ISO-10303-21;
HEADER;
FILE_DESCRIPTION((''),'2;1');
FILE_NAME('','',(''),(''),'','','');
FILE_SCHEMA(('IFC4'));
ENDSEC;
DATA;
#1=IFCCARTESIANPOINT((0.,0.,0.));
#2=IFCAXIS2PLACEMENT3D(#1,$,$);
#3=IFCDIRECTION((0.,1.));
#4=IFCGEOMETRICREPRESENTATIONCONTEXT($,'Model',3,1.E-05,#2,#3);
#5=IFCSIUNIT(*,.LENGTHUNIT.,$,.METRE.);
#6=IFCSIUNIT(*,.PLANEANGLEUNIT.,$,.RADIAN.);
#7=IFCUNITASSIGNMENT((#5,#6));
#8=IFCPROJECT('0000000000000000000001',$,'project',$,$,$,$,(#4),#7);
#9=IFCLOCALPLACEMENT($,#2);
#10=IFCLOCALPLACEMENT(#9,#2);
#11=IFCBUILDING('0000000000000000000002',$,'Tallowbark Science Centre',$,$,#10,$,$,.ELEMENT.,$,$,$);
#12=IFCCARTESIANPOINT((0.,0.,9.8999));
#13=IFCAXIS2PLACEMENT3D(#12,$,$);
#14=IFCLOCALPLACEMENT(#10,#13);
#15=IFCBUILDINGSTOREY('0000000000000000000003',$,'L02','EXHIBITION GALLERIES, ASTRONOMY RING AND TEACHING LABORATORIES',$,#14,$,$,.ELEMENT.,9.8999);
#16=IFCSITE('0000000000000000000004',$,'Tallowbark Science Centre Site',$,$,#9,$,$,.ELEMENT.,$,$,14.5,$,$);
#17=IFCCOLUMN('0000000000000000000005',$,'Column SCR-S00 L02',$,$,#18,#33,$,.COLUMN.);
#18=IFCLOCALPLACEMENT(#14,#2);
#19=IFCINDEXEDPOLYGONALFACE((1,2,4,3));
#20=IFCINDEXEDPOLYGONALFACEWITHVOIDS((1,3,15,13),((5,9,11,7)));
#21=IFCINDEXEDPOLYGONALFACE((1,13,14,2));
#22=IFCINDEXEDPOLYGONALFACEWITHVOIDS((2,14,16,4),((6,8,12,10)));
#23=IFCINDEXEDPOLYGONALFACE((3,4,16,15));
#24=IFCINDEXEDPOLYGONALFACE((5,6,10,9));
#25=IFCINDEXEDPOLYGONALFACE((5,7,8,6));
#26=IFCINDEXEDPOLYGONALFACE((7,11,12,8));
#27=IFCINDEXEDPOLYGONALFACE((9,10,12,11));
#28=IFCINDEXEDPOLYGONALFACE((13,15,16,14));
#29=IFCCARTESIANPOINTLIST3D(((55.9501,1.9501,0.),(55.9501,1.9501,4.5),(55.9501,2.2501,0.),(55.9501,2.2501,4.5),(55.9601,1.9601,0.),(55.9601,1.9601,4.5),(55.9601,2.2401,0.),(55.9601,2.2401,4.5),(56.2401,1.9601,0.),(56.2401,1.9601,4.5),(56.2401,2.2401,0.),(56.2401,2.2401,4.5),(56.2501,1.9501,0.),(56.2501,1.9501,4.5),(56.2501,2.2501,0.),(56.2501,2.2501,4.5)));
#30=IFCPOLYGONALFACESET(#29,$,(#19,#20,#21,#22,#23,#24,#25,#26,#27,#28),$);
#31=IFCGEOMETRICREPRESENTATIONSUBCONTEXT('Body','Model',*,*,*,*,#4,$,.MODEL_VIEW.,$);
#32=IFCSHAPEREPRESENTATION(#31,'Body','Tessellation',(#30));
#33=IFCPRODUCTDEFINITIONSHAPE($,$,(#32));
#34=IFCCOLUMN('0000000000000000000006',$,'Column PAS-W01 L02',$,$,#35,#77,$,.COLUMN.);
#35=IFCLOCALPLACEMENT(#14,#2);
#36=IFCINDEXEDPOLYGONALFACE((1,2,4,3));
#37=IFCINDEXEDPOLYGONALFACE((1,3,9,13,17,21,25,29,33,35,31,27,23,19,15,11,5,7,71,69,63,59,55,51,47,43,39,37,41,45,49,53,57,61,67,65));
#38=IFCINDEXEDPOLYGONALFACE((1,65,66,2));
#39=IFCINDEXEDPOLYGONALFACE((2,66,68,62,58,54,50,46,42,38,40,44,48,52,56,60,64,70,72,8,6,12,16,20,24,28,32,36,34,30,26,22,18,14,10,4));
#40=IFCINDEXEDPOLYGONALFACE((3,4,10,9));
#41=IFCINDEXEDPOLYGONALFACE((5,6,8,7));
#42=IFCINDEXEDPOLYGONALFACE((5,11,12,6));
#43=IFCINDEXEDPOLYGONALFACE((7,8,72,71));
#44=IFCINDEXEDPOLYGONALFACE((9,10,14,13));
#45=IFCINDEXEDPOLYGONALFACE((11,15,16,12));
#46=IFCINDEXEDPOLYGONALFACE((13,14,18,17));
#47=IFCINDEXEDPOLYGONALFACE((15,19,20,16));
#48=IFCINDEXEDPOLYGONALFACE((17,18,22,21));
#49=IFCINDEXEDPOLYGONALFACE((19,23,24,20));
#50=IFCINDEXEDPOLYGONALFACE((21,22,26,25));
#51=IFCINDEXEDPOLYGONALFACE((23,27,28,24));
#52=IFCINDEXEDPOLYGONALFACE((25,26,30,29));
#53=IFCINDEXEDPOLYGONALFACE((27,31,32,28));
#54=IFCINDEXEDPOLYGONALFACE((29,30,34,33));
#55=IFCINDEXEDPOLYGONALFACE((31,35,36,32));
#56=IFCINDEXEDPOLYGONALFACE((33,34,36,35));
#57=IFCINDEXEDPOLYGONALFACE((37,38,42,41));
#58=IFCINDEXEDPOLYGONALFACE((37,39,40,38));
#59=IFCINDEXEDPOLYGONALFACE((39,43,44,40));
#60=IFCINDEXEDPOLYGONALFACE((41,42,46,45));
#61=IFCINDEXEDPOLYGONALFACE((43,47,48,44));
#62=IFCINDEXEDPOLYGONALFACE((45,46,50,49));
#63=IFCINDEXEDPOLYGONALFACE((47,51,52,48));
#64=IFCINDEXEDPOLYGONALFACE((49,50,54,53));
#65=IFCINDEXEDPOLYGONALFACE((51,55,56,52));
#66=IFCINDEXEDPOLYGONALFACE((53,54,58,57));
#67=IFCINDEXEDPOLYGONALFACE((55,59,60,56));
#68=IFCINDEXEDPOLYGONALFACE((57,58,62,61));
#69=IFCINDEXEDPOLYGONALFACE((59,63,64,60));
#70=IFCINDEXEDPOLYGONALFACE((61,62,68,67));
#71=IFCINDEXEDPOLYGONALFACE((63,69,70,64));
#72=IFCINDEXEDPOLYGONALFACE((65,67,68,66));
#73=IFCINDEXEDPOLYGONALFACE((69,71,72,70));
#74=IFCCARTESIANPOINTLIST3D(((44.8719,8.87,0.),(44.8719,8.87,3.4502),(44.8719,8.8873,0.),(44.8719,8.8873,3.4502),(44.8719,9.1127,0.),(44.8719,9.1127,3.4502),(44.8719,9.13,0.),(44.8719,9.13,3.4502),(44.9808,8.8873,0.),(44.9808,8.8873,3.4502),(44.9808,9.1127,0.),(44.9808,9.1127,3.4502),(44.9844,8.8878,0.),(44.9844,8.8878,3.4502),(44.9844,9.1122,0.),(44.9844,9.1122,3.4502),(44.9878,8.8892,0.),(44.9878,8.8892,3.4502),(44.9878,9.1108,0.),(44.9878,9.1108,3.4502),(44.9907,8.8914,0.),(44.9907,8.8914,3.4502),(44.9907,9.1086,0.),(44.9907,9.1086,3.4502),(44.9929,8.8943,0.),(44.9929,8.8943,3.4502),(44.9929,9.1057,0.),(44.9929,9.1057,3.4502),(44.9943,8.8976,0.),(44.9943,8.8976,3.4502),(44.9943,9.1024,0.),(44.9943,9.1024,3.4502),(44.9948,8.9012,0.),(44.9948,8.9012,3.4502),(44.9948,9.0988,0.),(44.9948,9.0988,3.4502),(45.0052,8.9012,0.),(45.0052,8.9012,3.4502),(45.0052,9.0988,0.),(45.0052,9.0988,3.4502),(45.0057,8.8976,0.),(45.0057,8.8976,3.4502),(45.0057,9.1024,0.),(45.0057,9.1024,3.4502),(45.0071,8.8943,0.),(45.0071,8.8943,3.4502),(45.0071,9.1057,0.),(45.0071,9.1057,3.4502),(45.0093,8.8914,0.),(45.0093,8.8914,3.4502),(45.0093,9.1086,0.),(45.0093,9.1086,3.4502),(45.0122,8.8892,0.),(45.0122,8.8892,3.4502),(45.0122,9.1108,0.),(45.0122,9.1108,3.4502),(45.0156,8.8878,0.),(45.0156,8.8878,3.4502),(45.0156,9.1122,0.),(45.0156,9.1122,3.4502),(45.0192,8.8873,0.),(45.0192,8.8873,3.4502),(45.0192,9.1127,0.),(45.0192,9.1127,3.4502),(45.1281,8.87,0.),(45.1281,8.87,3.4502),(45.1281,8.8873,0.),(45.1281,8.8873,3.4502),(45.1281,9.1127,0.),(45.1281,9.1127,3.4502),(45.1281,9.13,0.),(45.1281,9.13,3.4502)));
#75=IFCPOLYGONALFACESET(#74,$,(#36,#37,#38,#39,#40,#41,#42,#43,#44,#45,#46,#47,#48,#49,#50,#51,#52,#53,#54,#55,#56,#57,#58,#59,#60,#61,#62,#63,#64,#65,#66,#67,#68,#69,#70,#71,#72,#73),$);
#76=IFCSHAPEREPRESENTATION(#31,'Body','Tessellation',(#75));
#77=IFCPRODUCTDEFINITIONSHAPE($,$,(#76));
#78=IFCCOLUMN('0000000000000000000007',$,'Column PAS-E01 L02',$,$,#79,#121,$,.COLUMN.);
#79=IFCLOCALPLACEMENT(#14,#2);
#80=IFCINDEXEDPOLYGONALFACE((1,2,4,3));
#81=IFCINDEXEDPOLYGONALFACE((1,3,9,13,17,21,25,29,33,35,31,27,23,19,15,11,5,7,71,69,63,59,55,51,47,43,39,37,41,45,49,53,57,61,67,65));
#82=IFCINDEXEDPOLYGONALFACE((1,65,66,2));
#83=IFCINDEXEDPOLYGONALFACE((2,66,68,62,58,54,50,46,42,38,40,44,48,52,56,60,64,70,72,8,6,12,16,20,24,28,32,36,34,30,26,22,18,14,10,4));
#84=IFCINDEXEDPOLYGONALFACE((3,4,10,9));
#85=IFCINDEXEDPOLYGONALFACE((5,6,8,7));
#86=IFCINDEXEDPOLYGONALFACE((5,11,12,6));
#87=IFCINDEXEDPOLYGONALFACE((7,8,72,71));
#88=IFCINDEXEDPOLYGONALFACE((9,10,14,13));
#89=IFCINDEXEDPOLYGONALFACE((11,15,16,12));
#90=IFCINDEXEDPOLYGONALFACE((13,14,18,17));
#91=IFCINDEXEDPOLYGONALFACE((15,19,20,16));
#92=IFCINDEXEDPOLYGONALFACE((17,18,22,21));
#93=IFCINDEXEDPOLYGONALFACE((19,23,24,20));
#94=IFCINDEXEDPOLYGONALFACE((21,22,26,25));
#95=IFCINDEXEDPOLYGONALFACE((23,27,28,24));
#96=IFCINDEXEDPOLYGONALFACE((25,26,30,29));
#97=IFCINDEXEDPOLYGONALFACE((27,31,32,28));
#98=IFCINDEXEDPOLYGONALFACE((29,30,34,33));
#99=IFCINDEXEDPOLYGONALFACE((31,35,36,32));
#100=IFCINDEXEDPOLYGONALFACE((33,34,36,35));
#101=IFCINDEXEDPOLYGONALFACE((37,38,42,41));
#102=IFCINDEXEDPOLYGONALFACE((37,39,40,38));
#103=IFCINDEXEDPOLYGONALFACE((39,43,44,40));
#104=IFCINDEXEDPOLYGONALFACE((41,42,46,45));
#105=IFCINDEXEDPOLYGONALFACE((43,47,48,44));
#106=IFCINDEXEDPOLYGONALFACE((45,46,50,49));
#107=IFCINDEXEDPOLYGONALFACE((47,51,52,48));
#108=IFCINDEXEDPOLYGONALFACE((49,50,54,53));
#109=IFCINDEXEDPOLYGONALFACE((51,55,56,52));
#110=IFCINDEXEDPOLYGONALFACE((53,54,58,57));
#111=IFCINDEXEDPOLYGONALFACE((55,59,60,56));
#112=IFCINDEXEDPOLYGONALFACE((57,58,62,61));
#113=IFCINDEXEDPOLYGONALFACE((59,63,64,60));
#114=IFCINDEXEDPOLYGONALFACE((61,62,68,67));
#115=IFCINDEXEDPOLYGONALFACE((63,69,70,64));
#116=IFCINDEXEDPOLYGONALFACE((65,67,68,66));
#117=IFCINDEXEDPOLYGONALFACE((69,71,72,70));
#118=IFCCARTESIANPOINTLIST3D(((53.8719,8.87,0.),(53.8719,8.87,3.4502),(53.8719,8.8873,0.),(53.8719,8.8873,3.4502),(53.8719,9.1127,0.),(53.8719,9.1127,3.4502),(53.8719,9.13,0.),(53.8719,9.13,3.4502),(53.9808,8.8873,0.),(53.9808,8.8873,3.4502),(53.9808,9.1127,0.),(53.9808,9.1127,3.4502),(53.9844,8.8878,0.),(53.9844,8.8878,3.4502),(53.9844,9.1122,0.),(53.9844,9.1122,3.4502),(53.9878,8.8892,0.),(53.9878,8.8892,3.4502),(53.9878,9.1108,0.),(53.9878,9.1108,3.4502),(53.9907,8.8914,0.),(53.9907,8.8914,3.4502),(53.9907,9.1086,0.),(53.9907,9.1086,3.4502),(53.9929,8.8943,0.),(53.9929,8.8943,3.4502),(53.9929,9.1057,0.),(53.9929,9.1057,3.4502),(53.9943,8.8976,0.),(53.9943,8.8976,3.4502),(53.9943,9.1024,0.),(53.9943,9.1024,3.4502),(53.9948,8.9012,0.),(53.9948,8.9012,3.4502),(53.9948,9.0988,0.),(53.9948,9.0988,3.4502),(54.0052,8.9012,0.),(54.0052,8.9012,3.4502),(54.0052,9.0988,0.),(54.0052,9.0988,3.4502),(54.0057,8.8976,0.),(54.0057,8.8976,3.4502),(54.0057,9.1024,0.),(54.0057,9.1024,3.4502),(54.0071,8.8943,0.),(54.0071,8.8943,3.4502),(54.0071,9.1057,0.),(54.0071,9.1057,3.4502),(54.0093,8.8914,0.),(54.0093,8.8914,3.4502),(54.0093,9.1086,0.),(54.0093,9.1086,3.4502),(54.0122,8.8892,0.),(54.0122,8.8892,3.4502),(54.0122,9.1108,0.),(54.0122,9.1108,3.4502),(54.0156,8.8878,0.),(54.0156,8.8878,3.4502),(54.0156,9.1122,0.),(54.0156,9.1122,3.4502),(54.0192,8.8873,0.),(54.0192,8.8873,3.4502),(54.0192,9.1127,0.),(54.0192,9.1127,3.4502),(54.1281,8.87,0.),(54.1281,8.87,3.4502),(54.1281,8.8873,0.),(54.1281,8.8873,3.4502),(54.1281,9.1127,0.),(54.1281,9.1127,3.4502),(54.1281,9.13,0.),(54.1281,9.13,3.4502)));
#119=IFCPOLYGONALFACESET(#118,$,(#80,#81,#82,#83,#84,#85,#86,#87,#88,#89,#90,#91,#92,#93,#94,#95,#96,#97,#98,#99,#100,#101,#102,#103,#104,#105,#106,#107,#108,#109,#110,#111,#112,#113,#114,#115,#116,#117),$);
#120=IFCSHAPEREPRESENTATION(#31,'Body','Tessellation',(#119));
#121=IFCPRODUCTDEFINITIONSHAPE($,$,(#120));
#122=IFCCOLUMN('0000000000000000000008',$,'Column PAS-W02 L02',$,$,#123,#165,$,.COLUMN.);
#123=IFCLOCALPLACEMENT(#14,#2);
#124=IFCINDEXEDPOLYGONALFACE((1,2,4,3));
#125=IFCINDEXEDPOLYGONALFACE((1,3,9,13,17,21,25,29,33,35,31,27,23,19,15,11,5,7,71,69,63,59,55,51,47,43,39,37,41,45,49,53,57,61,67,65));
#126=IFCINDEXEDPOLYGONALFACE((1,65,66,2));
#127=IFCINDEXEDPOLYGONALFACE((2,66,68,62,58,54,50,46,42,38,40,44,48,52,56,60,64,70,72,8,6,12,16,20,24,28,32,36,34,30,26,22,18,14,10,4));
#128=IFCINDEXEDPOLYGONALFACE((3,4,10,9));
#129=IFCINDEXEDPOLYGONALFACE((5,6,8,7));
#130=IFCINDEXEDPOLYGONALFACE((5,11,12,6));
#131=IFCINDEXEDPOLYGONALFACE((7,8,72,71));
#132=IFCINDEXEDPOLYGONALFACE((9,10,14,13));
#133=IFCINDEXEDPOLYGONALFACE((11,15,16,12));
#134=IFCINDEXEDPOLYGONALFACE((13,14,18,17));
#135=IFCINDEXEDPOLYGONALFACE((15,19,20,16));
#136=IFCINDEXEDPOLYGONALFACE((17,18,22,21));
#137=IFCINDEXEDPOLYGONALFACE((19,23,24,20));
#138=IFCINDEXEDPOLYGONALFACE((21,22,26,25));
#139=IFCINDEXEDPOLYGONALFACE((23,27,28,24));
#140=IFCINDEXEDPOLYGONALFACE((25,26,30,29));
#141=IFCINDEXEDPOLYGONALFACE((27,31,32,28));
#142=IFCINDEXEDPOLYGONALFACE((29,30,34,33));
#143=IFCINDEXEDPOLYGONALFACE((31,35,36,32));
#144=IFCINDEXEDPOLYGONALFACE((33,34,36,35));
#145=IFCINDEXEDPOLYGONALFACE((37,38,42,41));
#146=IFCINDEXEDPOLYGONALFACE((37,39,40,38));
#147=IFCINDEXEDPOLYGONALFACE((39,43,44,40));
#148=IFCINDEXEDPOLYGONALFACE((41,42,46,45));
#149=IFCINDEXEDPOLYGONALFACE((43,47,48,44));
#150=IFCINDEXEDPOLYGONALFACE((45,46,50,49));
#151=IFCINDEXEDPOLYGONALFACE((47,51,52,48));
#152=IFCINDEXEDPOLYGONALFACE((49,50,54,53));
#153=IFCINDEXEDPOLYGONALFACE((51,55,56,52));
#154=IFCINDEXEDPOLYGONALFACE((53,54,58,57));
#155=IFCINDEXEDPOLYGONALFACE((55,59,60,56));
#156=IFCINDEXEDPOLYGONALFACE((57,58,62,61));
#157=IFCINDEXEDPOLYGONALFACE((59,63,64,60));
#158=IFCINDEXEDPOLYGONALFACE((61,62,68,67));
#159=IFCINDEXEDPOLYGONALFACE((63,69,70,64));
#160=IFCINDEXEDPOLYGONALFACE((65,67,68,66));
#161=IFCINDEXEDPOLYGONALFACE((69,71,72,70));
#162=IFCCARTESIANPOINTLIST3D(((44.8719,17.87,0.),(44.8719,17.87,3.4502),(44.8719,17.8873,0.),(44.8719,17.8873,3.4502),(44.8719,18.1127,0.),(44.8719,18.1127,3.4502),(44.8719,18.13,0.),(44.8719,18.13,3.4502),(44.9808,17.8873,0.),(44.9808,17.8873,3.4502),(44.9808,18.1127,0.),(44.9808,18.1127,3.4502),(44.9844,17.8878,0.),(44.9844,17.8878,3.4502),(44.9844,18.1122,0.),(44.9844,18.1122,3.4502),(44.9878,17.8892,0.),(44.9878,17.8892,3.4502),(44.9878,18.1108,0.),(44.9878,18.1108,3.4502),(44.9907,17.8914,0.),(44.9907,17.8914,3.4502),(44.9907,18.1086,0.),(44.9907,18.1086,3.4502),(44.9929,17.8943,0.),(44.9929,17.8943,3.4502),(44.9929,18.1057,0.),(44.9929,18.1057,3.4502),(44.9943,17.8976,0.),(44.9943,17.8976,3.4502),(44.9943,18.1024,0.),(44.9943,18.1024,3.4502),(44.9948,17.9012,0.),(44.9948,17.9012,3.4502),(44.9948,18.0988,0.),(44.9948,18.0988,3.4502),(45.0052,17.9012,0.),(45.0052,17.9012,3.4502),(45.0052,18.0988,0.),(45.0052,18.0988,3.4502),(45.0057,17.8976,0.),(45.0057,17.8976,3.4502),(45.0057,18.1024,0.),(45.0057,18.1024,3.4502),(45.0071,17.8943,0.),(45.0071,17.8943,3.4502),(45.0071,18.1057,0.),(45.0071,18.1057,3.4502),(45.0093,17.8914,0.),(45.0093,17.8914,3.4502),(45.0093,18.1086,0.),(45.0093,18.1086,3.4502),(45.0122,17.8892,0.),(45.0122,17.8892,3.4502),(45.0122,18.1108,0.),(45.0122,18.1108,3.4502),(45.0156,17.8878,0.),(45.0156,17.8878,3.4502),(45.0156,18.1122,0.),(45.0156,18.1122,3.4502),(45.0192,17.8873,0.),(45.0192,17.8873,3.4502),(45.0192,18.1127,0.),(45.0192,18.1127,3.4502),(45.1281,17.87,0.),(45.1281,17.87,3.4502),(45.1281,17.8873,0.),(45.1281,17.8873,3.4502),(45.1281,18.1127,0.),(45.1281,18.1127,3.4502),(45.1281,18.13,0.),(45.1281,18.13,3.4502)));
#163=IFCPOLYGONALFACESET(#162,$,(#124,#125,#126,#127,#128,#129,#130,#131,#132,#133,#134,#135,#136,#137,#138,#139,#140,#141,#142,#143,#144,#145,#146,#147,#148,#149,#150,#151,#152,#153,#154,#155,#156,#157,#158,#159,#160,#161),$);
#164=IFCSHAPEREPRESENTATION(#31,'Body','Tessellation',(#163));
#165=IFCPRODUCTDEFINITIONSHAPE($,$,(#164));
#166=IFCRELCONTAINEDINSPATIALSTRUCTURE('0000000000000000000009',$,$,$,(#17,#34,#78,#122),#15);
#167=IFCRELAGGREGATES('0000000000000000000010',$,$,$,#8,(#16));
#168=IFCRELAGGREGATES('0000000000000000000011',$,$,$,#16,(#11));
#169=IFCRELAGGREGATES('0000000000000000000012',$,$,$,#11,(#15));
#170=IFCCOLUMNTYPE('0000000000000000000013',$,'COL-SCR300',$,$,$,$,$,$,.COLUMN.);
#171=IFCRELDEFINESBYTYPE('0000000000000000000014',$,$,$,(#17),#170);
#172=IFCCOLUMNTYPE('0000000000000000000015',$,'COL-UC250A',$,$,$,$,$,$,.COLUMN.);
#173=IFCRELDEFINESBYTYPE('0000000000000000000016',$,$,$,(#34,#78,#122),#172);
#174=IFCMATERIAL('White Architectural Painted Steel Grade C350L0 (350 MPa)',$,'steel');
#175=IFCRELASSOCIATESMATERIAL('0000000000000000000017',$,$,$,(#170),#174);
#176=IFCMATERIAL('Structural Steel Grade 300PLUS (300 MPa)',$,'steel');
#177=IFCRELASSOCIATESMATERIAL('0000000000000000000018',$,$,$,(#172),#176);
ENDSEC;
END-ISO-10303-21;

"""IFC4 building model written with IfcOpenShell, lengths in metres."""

from ifc_helpers import new_model, si_unit, direction, frame, origin, origin_2d, place, context, subcontext, project, spatial, hollow_rectangle, i_section, extrude, material, material_profile, profile_set, type_object, element, save


model = new_model("IFC4")

# Units and contexts
model_context = context("Model", 3, precision=1e-05, world=origin(), true_north=direction((0.0, 1.0)))
body_context = subcontext(model_context, "Body", "Model", "MODEL_VIEW")
ifc_project = project(units=[si_unit("LENGTHUNIT", "METRE"), si_unit("PLANEANGLEUNIT", "RADIAN")], contexts=[model_context])

# Site, building, storey
site_placement = place(None, origin())
site = spatial("IfcSite", under=ifc_project, at=site_placement, Name="Tallowbark Science Centre Site", CompositionType="ELEMENT", RefElevation=14.5)
building_placement = place(site_placement, origin())
building = spatial("IfcBuilding", under=site, at=building_placement, Name="Tallowbark Science Centre", CompositionType="ELEMENT")
storey_placement = place(building_placement, frame((0.0, 0.0, 9.8999)))
storey = spatial("IfcBuildingStorey", under=building, at=storey_placement, Name="L02", Description="EXHIBITION GALLERIES, ASTRONOMY RING AND TEACHING LABORATORIES", CompositionType="ELEMENT", Elevation=9.8999)

# Columns
ifc_material_1 = material(Name="White Architectural Painted Steel Grade C350L0 (350 MPa)", Category="steel")
ifc_material_profile_1 = material_profile(ifc_material_1, hollow_rectangle(XDim=0.3, YDim=0.3, WallThickness=0.01, at=origin_2d()), Name="300x300x10.0SHS")
ifc_profile_set_1 = profile_set([ifc_material_profile_1], Name="White Architectural Painted Steel Grade C350L0 (350 MPa)")
column_type_1 = type_object("IfcColumnType", Name="COL-SCR300", PredefinedType="COLUMN", material=ifc_profile_set_1)
column_placement = place(storey_placement, frame((56.1001, 2.1001, 0.0), z_axis=(0.0, 0.0, 1.0), x_axis=(1.0, 0.0, 0.0)))
element("IfcColumn", 1, at=column_placement, inside=storey, type_object=column_type_1, Name="Column SCR-S00 L02", PredefinedType="COLUMN", context=body_context, shape_type="SweptSolid", body=[
    extrude(hollow_rectangle(XDim=0.3, YDim=0.3, WallThickness=0.01, at=origin_2d()), origin(), (0.0, 0.0, 1.0), 4.5),
])
ifc_material_2 = material(Name="Structural Steel Grade 300PLUS (300 MPa)", Category="steel")
ifc_material_profile_2 = material_profile(ifc_material_2, i_section(OverallWidth=0.2561, OverallDepth=0.26, WebThickness=0.0105, FlangeThickness=0.0173, FilletRadius=0.0139, at=origin_2d()), Name="250UC89.5")
ifc_profile_set_2 = profile_set([ifc_material_profile_2], Name="Structural Steel Grade 300PLUS (300 MPa)")
column_type_2 = type_object("IfcColumnType", Name="COL-UC250A", PredefinedType="COLUMN", material=ifc_profile_set_2)
for number, where, z_axis, x_axis, name in (
    (2, (45.0, 9.0, 0.0), (0.0, 0.0, 1.0), (1.0, 0.0, 0.0), "Column PAS-W01 L02"),
    (3, (54.0, 9.0, 0.0), (0.0, 0.0, 1.0), (1.0, 0.0, 0.0), "Column PAS-E01 L02"),
    (4, (45.0, 18.0, 0.0), (0.0, 0.0, 1.0), (1.0, 0.0, 0.0), "Column PAS-W02 L02"),
):
    element("IfcColumn", number, at=place(storey_placement, frame(where, z_axis=z_axis, x_axis=x_axis)), inside=storey, type_object=column_type_2, Name=name, PredefinedType="COLUMN", context=body_context, shape_type="SweptSolid", body=[
        extrude(i_section(OverallWidth=0.2561, OverallDepth=0.26, WebThickness=0.0105, FlangeThickness=0.0173, FilletRadius=0.0139, at=origin_2d()), origin(), (0.0, 0.0, 1.0), 3.4502),
    ])

save(model, "model.ifc")
